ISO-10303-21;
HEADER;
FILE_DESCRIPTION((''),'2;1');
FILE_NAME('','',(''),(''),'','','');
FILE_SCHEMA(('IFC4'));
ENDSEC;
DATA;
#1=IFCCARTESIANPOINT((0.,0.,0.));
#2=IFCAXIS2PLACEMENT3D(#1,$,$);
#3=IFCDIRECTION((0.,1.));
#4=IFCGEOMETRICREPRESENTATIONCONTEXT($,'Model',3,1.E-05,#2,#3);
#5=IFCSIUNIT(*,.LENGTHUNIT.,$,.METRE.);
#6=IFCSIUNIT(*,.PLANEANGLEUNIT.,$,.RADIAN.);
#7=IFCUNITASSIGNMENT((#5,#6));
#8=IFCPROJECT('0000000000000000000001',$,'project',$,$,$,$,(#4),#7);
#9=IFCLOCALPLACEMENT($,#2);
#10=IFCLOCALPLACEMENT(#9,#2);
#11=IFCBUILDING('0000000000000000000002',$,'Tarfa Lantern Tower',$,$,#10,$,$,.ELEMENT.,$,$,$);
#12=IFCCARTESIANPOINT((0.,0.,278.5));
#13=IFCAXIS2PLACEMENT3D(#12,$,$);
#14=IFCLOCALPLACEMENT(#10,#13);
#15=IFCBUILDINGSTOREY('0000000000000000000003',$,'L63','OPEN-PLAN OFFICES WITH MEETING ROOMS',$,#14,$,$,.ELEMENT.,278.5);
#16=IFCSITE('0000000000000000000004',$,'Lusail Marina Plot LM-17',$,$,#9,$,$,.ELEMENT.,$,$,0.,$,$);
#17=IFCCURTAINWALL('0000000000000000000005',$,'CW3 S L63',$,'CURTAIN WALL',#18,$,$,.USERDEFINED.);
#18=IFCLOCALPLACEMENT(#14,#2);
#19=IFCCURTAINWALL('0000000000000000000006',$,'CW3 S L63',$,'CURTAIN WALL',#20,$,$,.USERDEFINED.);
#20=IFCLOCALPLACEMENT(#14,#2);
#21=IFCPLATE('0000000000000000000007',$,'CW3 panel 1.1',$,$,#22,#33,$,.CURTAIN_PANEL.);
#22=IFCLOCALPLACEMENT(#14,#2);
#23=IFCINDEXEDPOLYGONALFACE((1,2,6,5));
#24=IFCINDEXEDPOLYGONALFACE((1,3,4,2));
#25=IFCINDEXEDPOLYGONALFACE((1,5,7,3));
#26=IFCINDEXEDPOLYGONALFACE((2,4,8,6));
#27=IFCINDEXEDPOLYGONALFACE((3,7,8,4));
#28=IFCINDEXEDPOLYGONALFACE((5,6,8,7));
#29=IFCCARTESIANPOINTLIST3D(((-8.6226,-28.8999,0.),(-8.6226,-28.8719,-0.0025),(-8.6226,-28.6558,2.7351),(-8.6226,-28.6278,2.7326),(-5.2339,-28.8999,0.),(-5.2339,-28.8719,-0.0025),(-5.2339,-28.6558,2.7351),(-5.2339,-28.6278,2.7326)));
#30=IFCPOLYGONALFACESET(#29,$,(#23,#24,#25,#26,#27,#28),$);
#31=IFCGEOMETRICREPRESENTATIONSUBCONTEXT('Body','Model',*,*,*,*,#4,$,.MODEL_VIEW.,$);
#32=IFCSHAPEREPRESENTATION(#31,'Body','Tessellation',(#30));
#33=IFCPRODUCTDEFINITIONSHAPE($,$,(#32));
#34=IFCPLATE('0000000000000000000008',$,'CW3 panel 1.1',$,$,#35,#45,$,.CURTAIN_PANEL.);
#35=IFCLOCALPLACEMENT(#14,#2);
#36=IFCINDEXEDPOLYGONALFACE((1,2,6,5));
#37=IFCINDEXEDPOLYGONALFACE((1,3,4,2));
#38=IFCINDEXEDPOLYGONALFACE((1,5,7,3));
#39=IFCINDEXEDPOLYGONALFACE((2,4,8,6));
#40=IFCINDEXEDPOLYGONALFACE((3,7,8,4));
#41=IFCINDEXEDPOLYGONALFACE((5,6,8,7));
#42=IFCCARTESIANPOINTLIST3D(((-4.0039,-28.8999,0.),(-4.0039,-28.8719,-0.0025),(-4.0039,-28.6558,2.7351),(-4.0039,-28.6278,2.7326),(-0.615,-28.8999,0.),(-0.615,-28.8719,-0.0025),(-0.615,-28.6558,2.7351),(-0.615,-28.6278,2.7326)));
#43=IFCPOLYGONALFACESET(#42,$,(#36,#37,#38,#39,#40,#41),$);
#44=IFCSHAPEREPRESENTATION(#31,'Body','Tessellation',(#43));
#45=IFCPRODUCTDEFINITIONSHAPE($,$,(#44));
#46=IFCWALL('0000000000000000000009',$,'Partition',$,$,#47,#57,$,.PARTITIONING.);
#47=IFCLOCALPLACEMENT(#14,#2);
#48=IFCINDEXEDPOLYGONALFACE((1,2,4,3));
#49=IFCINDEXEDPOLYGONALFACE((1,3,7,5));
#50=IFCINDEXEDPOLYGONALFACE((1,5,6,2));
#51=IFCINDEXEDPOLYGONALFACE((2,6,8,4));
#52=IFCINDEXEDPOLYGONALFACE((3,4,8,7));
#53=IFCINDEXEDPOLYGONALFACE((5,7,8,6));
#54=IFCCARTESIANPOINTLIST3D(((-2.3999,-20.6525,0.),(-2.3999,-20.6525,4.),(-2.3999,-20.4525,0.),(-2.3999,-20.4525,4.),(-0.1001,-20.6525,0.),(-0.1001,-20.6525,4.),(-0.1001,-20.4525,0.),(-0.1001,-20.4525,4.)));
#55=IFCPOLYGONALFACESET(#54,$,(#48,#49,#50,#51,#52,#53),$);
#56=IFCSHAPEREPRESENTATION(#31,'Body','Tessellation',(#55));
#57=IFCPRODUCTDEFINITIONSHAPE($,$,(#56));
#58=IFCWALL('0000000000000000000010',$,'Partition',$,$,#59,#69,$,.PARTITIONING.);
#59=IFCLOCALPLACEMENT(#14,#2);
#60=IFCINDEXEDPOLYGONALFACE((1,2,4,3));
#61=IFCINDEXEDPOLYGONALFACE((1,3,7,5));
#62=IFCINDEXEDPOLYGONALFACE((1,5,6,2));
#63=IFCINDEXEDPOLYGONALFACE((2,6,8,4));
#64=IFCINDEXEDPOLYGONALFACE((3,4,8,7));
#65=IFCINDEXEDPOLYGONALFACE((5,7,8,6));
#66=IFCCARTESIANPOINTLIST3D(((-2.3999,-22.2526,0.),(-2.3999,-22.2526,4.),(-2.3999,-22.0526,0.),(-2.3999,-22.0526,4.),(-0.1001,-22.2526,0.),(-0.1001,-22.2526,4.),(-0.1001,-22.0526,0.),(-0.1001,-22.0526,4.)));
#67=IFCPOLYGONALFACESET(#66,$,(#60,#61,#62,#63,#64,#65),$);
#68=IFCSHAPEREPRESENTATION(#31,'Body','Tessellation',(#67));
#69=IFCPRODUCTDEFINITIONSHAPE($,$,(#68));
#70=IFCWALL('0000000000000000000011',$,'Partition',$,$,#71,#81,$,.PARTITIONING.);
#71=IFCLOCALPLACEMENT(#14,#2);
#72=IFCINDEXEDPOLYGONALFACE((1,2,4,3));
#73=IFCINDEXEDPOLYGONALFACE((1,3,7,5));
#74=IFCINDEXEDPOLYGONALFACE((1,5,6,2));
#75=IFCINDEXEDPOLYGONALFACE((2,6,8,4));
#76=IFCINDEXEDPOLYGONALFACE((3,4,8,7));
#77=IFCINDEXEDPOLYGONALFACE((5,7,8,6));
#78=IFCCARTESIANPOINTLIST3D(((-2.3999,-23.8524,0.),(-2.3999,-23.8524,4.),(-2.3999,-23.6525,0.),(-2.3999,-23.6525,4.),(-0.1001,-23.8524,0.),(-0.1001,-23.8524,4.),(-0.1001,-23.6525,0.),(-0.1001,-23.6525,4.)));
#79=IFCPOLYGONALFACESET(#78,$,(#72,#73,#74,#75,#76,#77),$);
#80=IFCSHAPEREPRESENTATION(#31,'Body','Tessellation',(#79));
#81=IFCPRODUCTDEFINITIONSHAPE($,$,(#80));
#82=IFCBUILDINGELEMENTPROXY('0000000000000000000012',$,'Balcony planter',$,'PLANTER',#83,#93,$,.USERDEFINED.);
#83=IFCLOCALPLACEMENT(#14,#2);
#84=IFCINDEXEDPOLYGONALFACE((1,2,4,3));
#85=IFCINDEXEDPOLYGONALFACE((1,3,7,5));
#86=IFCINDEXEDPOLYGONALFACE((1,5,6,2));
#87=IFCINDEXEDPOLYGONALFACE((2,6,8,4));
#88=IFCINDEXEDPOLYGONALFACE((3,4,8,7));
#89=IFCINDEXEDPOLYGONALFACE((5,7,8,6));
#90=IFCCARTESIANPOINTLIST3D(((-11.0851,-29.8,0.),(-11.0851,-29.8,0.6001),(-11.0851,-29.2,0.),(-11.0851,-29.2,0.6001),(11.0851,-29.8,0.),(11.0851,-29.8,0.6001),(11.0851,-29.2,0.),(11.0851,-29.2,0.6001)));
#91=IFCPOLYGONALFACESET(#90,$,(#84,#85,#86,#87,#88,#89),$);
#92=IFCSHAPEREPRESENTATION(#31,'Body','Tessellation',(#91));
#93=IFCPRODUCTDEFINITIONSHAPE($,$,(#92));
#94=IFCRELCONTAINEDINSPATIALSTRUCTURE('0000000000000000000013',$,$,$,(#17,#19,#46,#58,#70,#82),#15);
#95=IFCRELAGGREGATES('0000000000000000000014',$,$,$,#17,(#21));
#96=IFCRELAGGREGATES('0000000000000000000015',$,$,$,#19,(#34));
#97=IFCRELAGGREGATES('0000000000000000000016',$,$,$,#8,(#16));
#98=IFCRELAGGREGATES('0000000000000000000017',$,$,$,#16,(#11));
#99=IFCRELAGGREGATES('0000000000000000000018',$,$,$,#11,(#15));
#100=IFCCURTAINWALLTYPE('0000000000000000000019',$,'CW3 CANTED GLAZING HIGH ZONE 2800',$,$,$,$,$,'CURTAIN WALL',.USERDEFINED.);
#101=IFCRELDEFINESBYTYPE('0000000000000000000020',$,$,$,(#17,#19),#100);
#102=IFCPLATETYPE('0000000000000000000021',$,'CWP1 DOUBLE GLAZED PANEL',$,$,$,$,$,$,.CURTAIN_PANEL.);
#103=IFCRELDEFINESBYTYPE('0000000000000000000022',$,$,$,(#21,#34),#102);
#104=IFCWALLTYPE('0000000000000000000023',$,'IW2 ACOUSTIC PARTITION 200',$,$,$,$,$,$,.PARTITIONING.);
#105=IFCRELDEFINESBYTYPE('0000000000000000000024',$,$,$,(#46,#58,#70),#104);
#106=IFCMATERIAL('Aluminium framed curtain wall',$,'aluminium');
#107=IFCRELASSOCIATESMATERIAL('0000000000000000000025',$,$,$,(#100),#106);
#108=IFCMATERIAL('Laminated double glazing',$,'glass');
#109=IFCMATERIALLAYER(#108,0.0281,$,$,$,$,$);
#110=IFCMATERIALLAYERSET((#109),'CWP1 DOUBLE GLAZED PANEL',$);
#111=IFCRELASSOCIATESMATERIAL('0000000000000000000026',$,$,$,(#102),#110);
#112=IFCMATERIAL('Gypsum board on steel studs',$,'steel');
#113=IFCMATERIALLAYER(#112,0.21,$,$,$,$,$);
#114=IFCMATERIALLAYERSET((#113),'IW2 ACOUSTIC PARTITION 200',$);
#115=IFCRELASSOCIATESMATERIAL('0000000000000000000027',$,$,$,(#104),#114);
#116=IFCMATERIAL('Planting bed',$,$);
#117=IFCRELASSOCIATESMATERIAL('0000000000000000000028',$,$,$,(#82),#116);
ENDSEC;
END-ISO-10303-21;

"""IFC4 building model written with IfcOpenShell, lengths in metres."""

from ifc_helpers import new_model, si_unit, direction, frame, frame_2d, origin, origin_2d, place, context, subcontext, project, spatial, polyline, rectangle, outline, extrude, material, layer, layer_set, type_object, element, aggregate, save


model = new_model("IFC4")

# Units and contexts
model_context = context("Model", 3, precision=1e-05, world=origin(), true_north=direction((0.0, 1.0)))
body_context = subcontext(model_context, "Body", "Model", "MODEL_VIEW")
ifc_project = project(units=[si_unit("LENGTHUNIT", "METRE"), si_unit("PLANEANGLEUNIT", "RADIAN")], contexts=[model_context])

# Site, building, storey
site_placement = place(None, origin())
site = spatial("IfcSite", under=ifc_project, at=site_placement, Name="Lusail Marina Plot LM-17", CompositionType="ELEMENT", RefElevation=0.0)
building_placement = place(site_placement, origin())
building = spatial("IfcBuilding", under=site, at=building_placement, Name="Tarfa Lantern Tower", CompositionType="ELEMENT")
storey_placement = place(building_placement, frame((0.0, 0.0, 278.5)))
storey = spatial("IfcBuildingStorey", under=building, at=storey_placement, Name="L63", Description="OPEN-PLAN OFFICES WITH MEETING ROOMS", CompositionType="ELEMENT", Elevation=278.5)

# Shared definitions
ifc_material_1 = material(Name="Aluminium framed curtain wall", Category="aluminium")
curtain_wall_type = type_object("IfcCurtainWallType", Name="CW3 CANTED GLAZING HIGH ZONE 2800", ElementType="CURTAIN WALL", PredefinedType="USERDEFINED", material=ifc_material_1)

# Curtain walls
curtain_wall_1_placement = place(storey_placement, origin())
curtain_wall_1 = element("IfcCurtainWall", 1, at=curtain_wall_1_placement, inside=storey, type_object=curtain_wall_type, Name="CW3 S L63", ObjectType="CURTAIN WALL", PredefinedType="USERDEFINED")
curtain_wall_2_placement = place(storey_placement, origin())
curtain_wall_2 = element("IfcCurtainWall", 2, at=curtain_wall_2_placement, inside=storey, type_object=curtain_wall_type, Name="CW3 S L63", ObjectType="CURTAIN WALL", PredefinedType="USERDEFINED")

# Plates
ifc_material_2 = material(Name="Laminated double glazing", Category="glass")
ifc_layer_1 = layer(ifc_material_2, 0.0281)
ifc_layer_set_1 = layer_set([ifc_layer_1], Name="CWP1 DOUBLE GLAZED PANEL")
plate_type = type_object("IfcPlateType", Name="CWP1 DOUBLE GLAZED PANEL", PredefinedType="CURTAIN_PANEL", material=ifc_layer_set_1)
plate_1_placement = place(storey_placement, frame((-8.6226, -28.8999, 0.0), z_axis=(0.0, -0.99604, 0.088908), x_axis=(1.0, 0.0, 0.0)))
plate_1 = element("IfcPlate", 3, at=plate_1_placement, type_object=plate_type, Name="CW3 panel 1.1", PredefinedType="CURTAIN_PANEL", context=body_context, shape_type="SweptSolid", body=[
    extrude(outline(polyline([(0.0, 0.0), (3.3887, 0.0), (3.3887, 2.746), (0.0, 2.746), (0.0, 0.0)])), origin(), (0.0, 0.0, -1.0), 0.0281),
])
aggregate(curtain_wall_1, [plate_1])
plate_2_placement = place(storey_placement, frame((-4.0039, -28.8999, 0.0), z_axis=(0.0, -0.99604, 0.088908), x_axis=(1.0, 0.0, 0.0)))
plate_2 = element("IfcPlate", 4, at=plate_2_placement, type_object=plate_type, Name="CW3 panel 1.1", PredefinedType="CURTAIN_PANEL", context=body_context, shape_type="SweptSolid", body=[
    extrude(outline(polyline([(0.0, 0.0), (3.3889, 0.0), (3.3889, 2.746), (0.0, 2.746), (0.0, 0.0)])), origin(), (0.0, 0.0, -1.0), 0.0281),
])
aggregate(curtain_wall_2, [plate_2])

# Walls
ifc_material_3 = material(Name="Gypsum board on steel studs", Category="steel")
ifc_layer_2 = layer(ifc_material_3, 0.21)
ifc_layer_set_2 = layer_set([ifc_layer_2], Name="IW2 ACOUSTIC PARTITION 200")
wall_type = type_object("IfcWallType", Name="IW2 ACOUSTIC PARTITION 200", PredefinedType="PARTITIONING", material=ifc_layer_set_2)
for number, where, z_axis, x_axis, name in (
    (5, (-0.1001, -20.5525, 0.0), (0.0, 0.0, 1.0), (-1.0, 0.0, 0.0), "Partition"),
    (6, (-0.1001, -22.1526, 0.0), (0.0, 0.0, 1.0), (-1.0, 0.0, 0.0), "Partition"),
    (7, (-0.1001, -23.7524, 0.0), (0.0, 0.0, 1.0), (-1.0, 0.0, 0.0), "Partition"),
):
    element("IfcWall", number, at=place(storey_placement, frame(where, z_axis=z_axis, x_axis=x_axis)), inside=storey, type_object=wall_type, Name=name, PredefinedType="PARTITIONING", context=body_context, shape_type="SweptSolid", body=[
        extrude(rectangle(XDim=2.2998, YDim=0.2, at=frame_2d((1.1499, 0.0))), origin(), (0.0, 0.0, 1.0), 4.0),
    ])

# Building element proxy
ifc_material_4 = material(Name="Planting bed")
proxy_placement = place(storey_placement, frame((0.0, -29.5, 0.0), z_axis=(0.0, 0.0, 1.0), x_axis=(1.0, 0.0, 0.0)))
element("IfcBuildingElementProxy", 8, at=proxy_placement, inside=storey, material=ifc_material_4, Name="Balcony planter", ObjectType="PLANTER", PredefinedType="USERDEFINED", context=body_context, shape_type="SweptSolid", body=[
    extrude(rectangle(XDim=22.1702, YDim=0.6001, at=origin_2d()), origin(), (0.0, 0.0, 1.0), 0.6001),
])

save(model, "model.ifc")
